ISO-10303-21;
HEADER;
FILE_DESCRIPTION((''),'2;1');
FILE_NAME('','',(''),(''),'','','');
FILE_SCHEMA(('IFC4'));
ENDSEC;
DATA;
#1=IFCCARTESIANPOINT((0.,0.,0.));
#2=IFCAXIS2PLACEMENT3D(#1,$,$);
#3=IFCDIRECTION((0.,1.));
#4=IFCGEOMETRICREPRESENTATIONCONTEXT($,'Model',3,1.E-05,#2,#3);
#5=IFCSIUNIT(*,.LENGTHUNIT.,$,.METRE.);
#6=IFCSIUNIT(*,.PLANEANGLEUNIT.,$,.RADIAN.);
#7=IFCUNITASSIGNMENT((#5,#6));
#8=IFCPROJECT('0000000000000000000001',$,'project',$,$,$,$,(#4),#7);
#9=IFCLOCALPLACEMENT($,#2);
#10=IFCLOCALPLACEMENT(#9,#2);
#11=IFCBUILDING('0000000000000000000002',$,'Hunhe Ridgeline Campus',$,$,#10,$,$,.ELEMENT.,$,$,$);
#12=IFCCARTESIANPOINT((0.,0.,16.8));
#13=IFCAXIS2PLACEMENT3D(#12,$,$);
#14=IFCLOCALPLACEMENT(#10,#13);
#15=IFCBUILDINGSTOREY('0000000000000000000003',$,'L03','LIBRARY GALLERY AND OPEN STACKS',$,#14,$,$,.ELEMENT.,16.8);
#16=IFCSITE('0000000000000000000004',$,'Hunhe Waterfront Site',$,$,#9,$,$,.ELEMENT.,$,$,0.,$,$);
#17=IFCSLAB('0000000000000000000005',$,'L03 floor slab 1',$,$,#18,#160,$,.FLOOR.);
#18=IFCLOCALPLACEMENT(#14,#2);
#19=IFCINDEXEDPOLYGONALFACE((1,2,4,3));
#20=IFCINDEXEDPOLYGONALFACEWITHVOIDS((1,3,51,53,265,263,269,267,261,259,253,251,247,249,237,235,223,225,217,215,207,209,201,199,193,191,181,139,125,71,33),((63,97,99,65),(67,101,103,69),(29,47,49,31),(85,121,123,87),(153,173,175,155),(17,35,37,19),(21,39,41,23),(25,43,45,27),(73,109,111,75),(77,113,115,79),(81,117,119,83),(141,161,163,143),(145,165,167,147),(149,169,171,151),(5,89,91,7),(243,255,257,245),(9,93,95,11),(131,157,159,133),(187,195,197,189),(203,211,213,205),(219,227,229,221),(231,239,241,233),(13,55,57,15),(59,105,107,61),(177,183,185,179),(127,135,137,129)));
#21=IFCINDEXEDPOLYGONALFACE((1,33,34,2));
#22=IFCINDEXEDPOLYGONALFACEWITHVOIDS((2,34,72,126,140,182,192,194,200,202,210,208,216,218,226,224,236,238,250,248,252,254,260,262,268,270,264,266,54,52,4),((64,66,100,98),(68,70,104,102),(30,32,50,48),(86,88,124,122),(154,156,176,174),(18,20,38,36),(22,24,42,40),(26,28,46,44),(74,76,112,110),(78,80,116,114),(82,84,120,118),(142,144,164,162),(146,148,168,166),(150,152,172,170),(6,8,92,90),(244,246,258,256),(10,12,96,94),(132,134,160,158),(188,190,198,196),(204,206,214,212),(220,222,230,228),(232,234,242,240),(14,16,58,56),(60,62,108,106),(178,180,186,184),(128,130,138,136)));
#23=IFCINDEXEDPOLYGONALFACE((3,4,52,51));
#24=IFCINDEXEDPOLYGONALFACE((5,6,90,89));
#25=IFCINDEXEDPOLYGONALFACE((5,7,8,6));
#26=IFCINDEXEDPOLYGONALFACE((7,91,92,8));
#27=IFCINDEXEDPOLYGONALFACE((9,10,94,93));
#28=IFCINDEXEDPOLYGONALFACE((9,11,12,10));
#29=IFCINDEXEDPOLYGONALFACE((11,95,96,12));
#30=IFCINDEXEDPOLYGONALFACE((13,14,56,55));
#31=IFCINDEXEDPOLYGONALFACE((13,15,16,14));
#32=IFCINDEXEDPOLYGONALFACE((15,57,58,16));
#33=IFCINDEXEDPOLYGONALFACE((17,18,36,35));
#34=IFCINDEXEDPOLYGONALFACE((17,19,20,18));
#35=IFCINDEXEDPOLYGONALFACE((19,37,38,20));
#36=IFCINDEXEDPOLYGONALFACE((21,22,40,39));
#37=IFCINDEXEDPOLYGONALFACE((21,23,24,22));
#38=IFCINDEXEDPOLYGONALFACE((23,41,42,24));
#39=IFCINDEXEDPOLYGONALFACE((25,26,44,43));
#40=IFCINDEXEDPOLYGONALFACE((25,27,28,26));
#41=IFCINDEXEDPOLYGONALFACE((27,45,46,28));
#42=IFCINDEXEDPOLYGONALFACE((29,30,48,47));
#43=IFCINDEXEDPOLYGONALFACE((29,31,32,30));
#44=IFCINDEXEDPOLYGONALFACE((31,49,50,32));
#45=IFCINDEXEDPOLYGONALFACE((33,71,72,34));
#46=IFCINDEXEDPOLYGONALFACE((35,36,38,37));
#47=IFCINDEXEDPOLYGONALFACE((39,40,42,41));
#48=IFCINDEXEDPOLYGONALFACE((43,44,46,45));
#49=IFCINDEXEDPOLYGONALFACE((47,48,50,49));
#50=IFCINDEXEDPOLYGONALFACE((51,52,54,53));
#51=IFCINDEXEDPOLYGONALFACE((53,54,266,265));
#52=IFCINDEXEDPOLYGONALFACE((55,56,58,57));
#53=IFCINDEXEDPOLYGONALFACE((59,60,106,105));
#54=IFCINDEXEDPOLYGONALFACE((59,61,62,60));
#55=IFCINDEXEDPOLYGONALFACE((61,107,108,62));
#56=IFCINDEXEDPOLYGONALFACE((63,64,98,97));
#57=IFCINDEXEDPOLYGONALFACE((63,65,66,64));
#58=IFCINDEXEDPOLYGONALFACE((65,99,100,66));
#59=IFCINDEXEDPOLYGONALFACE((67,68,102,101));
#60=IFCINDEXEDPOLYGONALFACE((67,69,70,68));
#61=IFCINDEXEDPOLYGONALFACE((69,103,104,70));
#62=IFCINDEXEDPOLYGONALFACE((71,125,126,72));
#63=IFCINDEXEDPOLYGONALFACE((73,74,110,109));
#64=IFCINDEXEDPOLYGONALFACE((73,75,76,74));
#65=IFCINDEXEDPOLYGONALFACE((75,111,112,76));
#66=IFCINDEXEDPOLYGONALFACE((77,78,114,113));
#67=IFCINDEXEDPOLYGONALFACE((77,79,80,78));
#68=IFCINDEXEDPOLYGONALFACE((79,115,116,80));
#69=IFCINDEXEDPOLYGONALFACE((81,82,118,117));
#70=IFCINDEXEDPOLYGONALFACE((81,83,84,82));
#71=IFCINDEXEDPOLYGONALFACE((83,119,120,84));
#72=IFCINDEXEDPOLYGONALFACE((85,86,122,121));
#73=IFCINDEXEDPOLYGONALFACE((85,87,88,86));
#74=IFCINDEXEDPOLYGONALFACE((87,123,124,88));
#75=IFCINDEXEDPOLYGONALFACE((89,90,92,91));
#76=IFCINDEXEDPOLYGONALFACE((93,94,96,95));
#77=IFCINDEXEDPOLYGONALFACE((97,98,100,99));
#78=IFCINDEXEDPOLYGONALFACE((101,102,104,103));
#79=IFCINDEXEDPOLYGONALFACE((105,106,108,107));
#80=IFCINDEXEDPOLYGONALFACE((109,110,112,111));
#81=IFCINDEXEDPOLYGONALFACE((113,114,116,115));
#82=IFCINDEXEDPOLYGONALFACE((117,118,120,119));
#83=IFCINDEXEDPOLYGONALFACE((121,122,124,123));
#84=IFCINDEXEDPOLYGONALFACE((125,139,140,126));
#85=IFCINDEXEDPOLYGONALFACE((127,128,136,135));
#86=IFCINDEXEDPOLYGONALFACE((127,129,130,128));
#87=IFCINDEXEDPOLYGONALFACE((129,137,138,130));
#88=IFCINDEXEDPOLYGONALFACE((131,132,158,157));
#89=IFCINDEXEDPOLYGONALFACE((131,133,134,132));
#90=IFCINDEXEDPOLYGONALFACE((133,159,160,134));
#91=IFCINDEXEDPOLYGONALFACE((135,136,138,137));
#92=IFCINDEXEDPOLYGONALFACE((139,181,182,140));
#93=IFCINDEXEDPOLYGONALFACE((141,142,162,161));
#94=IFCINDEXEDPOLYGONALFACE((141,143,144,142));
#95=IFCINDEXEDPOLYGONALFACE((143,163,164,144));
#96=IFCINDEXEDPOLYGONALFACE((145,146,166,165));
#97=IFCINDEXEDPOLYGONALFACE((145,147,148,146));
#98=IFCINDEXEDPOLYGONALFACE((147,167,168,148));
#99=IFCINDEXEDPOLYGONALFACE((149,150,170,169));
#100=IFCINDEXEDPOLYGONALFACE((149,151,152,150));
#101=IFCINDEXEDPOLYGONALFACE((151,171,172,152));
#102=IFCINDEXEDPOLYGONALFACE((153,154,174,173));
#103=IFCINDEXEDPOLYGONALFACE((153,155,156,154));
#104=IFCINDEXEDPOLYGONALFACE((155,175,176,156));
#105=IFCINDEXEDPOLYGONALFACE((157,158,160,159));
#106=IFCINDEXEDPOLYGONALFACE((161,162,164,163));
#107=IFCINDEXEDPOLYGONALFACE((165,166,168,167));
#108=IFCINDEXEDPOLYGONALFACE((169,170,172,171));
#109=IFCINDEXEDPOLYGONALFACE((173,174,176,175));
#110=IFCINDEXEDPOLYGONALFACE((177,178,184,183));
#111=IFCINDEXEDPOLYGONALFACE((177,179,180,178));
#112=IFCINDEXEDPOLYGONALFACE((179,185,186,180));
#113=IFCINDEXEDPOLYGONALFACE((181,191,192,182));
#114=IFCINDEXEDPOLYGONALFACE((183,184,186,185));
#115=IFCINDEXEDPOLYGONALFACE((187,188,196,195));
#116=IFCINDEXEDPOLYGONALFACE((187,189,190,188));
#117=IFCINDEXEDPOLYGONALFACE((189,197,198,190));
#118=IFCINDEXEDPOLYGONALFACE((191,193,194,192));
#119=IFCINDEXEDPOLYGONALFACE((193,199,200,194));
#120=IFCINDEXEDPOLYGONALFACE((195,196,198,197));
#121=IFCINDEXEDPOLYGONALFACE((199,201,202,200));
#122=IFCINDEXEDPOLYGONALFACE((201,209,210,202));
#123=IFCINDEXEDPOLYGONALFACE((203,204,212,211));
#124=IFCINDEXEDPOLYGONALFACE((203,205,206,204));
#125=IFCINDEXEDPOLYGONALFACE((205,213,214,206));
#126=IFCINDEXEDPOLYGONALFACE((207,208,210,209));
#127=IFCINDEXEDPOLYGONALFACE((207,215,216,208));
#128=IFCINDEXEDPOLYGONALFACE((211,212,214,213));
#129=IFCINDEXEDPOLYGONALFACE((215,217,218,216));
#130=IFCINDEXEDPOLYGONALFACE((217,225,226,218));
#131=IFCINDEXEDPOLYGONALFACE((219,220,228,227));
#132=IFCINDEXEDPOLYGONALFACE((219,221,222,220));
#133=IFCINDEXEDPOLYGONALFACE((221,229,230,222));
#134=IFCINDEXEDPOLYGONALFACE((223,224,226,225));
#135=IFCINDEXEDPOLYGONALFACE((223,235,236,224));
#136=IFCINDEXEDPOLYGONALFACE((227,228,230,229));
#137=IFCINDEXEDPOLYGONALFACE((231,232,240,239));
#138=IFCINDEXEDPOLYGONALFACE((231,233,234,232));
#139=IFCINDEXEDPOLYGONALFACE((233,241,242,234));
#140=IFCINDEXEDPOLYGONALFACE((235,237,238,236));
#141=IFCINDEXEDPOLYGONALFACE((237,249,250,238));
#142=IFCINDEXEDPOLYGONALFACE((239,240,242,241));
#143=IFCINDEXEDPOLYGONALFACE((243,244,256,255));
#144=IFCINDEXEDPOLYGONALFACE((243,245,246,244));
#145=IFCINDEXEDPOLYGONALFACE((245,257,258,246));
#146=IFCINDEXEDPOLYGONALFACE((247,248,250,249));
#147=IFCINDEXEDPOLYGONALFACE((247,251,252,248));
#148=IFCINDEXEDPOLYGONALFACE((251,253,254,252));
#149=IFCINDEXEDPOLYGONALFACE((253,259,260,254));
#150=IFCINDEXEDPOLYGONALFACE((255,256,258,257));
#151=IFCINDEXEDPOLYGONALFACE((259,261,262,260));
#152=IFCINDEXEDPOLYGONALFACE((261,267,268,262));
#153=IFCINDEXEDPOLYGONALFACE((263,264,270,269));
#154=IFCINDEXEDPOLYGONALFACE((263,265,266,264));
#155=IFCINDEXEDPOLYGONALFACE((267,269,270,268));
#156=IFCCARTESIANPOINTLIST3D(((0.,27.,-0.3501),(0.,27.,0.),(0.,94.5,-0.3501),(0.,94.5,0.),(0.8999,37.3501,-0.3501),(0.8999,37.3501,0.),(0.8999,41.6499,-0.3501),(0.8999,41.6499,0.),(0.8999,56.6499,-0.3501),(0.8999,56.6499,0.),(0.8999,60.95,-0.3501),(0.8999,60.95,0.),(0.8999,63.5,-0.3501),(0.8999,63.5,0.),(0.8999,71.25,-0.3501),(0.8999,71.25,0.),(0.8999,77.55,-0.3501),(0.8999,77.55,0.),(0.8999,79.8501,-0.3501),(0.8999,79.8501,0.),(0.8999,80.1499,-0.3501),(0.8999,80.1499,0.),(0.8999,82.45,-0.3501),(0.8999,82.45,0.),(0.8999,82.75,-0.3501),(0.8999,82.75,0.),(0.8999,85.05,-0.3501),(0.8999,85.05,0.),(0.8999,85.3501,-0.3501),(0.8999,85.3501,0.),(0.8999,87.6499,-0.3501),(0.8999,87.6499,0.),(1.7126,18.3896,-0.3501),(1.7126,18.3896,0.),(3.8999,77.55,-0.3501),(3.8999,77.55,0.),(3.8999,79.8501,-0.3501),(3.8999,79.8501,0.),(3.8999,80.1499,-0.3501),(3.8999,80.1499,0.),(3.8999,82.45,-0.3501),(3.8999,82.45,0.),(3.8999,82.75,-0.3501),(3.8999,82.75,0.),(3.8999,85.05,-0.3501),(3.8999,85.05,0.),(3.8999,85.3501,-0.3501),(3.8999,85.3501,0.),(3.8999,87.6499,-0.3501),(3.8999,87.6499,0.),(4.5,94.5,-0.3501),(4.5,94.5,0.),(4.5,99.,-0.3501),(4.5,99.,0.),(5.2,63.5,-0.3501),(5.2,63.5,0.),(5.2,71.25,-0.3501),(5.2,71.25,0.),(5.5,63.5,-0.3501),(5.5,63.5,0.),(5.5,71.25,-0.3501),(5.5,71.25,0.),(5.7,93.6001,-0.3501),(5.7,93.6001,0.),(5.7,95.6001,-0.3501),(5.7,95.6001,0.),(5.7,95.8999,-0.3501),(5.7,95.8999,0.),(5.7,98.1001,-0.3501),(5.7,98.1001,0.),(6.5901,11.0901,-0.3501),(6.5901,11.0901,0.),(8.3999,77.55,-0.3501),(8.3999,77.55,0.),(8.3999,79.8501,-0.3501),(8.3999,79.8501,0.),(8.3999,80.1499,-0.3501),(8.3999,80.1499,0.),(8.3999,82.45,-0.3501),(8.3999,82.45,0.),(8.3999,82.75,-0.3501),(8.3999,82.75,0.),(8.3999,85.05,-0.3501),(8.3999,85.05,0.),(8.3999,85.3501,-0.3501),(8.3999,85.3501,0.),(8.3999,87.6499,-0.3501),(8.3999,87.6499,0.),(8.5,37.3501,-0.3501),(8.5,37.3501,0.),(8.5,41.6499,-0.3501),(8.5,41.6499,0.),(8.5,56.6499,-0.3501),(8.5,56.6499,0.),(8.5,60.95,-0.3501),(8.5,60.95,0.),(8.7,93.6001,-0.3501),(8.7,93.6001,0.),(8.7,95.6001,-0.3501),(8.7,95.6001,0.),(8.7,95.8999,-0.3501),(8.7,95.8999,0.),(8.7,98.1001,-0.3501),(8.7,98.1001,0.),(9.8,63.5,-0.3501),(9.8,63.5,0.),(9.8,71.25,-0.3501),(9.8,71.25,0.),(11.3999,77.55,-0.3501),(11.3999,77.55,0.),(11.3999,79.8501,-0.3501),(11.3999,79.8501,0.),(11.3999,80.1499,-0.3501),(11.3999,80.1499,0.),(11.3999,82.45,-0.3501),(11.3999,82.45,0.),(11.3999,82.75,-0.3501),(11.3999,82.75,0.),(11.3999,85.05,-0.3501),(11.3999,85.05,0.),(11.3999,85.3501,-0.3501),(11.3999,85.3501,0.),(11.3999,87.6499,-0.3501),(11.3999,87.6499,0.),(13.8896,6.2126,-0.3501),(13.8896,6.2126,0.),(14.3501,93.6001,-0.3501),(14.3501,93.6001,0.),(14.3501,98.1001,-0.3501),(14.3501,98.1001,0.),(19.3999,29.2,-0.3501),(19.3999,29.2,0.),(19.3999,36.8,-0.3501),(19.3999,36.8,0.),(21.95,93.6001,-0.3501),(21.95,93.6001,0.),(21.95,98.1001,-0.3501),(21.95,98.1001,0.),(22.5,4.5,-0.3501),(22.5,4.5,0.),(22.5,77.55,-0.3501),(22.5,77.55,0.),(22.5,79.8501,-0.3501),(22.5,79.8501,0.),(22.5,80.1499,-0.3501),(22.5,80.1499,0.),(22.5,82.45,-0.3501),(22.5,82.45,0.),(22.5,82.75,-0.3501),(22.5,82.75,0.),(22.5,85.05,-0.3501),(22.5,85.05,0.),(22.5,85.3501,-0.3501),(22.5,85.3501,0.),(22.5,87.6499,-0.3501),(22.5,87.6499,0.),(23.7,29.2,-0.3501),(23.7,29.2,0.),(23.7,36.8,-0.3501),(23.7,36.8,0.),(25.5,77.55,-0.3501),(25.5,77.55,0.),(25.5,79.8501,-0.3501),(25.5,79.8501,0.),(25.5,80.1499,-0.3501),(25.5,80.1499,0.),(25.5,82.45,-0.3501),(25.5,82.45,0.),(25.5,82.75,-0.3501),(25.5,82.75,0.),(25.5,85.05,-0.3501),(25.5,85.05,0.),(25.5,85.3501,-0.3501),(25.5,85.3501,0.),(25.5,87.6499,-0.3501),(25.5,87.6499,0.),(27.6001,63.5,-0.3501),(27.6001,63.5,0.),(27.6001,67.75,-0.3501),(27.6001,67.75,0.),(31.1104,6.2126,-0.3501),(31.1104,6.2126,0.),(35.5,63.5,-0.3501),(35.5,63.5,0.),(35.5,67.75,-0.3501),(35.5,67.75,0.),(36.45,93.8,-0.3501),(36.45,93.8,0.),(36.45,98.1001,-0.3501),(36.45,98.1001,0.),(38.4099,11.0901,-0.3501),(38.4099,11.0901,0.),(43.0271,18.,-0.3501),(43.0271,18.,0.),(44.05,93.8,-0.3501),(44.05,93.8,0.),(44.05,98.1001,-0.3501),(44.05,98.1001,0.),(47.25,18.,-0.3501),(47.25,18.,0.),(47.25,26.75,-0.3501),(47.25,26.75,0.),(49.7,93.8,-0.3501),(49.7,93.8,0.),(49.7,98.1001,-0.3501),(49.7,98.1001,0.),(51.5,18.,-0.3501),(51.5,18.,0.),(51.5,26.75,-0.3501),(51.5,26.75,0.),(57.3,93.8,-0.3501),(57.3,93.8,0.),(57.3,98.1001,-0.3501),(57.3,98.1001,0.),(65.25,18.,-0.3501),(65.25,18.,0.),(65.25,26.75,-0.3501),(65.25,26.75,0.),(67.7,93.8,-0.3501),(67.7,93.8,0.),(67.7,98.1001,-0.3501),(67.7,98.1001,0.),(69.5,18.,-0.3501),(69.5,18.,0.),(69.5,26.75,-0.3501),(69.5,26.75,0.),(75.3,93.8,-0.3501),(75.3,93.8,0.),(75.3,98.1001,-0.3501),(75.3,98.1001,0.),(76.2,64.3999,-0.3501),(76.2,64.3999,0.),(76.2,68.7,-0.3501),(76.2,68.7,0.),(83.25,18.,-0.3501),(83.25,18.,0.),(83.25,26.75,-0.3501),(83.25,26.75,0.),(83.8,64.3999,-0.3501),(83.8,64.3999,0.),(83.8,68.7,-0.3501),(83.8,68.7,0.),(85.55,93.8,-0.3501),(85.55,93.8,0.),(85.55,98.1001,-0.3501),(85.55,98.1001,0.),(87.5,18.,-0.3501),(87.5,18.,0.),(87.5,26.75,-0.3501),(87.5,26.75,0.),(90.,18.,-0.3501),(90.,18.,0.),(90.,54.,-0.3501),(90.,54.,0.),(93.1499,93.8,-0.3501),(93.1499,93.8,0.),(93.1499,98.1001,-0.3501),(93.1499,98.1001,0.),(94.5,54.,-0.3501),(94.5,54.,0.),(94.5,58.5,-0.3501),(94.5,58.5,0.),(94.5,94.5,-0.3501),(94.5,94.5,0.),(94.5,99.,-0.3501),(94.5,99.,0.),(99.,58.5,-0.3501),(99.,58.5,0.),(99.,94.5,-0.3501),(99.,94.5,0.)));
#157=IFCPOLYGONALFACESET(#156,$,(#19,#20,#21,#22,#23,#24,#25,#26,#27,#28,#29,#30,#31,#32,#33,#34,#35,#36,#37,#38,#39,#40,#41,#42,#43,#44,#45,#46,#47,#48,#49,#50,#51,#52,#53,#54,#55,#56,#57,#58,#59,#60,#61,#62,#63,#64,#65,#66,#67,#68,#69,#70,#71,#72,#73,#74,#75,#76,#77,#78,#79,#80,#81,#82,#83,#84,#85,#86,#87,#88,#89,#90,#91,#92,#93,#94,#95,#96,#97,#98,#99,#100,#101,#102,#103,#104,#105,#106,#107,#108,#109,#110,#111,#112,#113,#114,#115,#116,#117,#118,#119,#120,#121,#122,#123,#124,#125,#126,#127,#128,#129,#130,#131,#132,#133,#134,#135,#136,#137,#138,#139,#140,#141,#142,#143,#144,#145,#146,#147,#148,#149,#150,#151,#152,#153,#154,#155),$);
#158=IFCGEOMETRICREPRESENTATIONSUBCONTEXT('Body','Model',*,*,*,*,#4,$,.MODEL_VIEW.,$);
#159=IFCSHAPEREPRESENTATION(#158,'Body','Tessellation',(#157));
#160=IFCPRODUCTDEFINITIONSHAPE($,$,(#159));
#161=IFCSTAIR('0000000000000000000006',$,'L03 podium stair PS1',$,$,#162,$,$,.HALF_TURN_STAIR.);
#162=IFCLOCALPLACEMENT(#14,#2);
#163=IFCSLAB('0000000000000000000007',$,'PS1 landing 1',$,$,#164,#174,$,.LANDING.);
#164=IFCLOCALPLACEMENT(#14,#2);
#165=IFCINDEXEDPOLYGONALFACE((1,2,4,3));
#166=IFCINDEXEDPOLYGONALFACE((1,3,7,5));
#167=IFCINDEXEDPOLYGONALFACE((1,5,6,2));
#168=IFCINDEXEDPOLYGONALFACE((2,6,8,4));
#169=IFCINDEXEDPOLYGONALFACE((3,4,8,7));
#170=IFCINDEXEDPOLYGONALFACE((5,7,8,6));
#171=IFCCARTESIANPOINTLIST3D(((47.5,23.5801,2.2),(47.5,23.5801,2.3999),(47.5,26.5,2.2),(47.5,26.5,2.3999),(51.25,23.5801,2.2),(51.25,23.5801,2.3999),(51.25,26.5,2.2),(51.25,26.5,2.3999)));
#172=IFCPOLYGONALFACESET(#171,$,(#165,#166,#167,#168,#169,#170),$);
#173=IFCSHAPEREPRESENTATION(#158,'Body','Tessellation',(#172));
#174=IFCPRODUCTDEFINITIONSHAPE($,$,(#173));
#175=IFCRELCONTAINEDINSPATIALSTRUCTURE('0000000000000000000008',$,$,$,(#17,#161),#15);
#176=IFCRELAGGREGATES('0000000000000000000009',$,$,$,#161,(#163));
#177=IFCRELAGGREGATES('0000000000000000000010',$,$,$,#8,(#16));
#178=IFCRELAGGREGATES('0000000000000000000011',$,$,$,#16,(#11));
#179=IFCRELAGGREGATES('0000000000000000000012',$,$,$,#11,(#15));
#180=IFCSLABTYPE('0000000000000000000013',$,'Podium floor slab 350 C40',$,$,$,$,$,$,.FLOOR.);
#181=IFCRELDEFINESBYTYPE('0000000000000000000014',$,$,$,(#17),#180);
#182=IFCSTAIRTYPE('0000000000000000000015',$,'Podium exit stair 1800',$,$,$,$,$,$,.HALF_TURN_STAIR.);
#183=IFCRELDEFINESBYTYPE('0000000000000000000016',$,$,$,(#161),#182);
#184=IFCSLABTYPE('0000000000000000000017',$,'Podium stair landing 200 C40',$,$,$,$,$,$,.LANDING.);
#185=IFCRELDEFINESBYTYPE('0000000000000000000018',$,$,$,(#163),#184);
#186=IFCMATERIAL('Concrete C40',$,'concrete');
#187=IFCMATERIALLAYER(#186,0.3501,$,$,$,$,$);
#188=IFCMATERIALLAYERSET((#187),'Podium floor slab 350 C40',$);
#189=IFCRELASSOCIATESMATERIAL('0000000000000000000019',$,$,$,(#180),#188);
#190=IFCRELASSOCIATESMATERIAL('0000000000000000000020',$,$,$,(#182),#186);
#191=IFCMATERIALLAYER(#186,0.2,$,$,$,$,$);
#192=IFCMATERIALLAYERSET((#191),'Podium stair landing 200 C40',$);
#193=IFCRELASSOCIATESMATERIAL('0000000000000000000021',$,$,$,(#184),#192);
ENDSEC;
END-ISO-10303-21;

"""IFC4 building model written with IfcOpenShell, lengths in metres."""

from ifc_helpers import new_model, si_unit, direction, frame, origin, place, context, subcontext, project, spatial, polyline, outline, extrude, material, layer, layer_set, type_object, element, aggregate, save


model = new_model("IFC4")

# Units and contexts
model_context = context("Model", 3, precision=1e-05, world=origin(), true_north=direction((0.0, 1.0)))
body_context = subcontext(model_context, "Body", "Model", "MODEL_VIEW")
ifc_project = project(units=[si_unit("LENGTHUNIT", "METRE"), si_unit("PLANEANGLEUNIT", "RADIAN")], contexts=[model_context])

# Site, building, storey
site_placement = place(None, origin())
site = spatial("IfcSite", under=ifc_project, at=site_placement, Name="Hunhe Waterfront Site", CompositionType="ELEMENT", RefElevation=0.0)
building_placement = place(site_placement, origin())
building = spatial("IfcBuilding", under=site, at=building_placement, Name="Hunhe Ridgeline Campus", CompositionType="ELEMENT")
storey_placement = place(building_placement, frame((0.0, 0.0, 16.8)))
storey = spatial("IfcBuildingStorey", under=building, at=storey_placement, Name="L03", Description="LIBRARY GALLERY AND OPEN STACKS", CompositionType="ELEMENT", Elevation=16.8)

# Slab
ifc_material_1 = material(Name="Concrete C40", Category="concrete")
ifc_layer_1 = layer(ifc_material_1, 0.3501)
ifc_layer_set_1 = layer_set([ifc_layer_1], Name="Podium floor slab 350 C40")
slab_type_1 = type_object("IfcSlabType", Name="Podium floor slab 350 C40", PredefinedType="FLOOR", material=ifc_layer_set_1)
slab_1_placement = place(storey_placement, frame((0.0, 0.0, -0.3501)))
element("IfcSlab", 1, at=slab_1_placement, inside=storey, type_object=slab_type_1, Name="L03 floor slab 1", PredefinedType="FLOOR", context=body_context, shape_type="SweptSolid", body=[
    extrude(outline(polyline([(90.0, 18.0), (90.0, 54.0), (94.5, 54.0), (94.5, 58.5), (99.0, 58.5), (99.0, 94.5), (94.5, 94.5), (94.5, 99.0), (4.5, 99.0), (4.5, 94.5), (0.0, 94.5), (0.0, 27.0), (1.7126, 18.3896), (6.5901, 11.0901), (13.8896, 6.2126), (22.5, 4.5), (31.1104, 6.2126), (38.4099, 11.0901), (43.0271, 18.0), (47.25, 18.0), (47.25, 26.75), (51.5, 26.75), (51.5, 18.0), (65.25, 18.0), (65.25, 26.75), (69.5, 26.75), (69.5, 18.0), (83.25, 18.0), (83.25, 26.75), (87.5, 26.75), (87.5, 18.0), (90.0, 18.0)]), holes=[polyline([(0.8999, 41.6499), (0.8999, 37.3501), (8.5, 37.3501), (8.5, 41.6499), (0.8999, 41.6499)]), polyline([(8.5, 60.95), (0.8999, 60.95), (0.8999, 56.6499), (8.5, 56.6499), (8.5, 60.95)]), polyline([(5.2, 63.5), (5.2, 71.25), (0.8999, 71.25), (0.8999, 63.5), (5.2, 63.5)]), polyline([(9.8, 63.5), (9.8, 71.25), (5.5, 71.25), (5.5, 63.5), (9.8, 63.5)]), polyline([(0.8999, 77.55), (3.8999, 77.55), (3.8999, 79.8501), (0.8999, 79.8501), (0.8999, 77.55)]), polyline([(8.3999, 77.55), (11.3999, 77.55), (11.3999, 79.8501), (8.3999, 79.8501), (8.3999, 77.55)]), polyline([(0.8999, 80.1499), (3.8999, 80.1499), (3.8999, 82.45), (0.8999, 82.45), (0.8999, 80.1499)]), polyline([(11.3999, 80.1499), (11.3999, 82.45), (8.3999, 82.45), (8.3999, 80.1499), (11.3999, 80.1499)]), polyline([(0.8999, 82.75), (3.8999, 82.75), (3.8999, 85.05), (0.8999, 85.05), (0.8999, 82.75)]), polyline([(8.3999, 82.75), (11.3999, 82.75), (11.3999, 85.05), (8.3999, 85.05), (8.3999, 82.75)]), polyline([(0.8999, 85.3501), (3.8999, 85.3501), (3.8999, 87.6499), (0.8999, 87.6499), (0.8999, 85.3501)]), polyline([(8.3999, 85.3501), (11.3999, 85.3501), (11.3999, 87.6499), (8.3999, 87.6499), (8.3999, 85.3501)]), polyline([(5.7, 93.6001), (8.7, 93.6001), (8.7, 95.6001), (5.7, 95.6001), (5.7, 93.6001)]), polyline([(14.3501, 93.6001), (21.95, 93.6001), (21.95, 98.1001), (14.3501, 98.1001), (14.3501, 93.6001)]), polyline([(8.7, 95.8999), (8.7, 98.1001), (5.7, 98.1001), (5.7, 95.8999), (8.7, 95.8999)]), polyline([(23.7, 29.2), (23.7, 36.8), (19.3999, 36.8), (19.3999, 29.2), (23.7, 29.2)]), polyline([(35.5, 67.75), (27.6001, 67.75), (27.6001, 63.5), (35.5, 63.5), (35.5, 67.75)]), polyline([(76.2, 64.3999), (83.8, 64.3999), (83.8, 68.7), (76.2, 68.7), (76.2, 64.3999)]), polyline([(22.5, 77.55), (25.5, 77.55), (25.5, 79.8501), (22.5, 79.8501), (22.5, 77.55)]), polyline([(22.5, 80.1499), (25.5, 80.1499), (25.5, 82.45), (22.5, 82.45), (22.5, 80.1499)]), polyline([(22.5, 82.75), (25.5, 82.75), (25.5, 85.05), (22.5, 85.05), (22.5, 82.75)]), polyline([(22.5, 85.3501), (25.5, 85.3501), (25.5, 87.6499), (22.5, 87.6499), (22.5, 85.3501)]), polyline([(36.45, 93.8), (44.05, 93.8), (44.05, 98.1001), (36.45, 98.1001), (36.45, 93.8)]), polyline([(49.7, 93.8), (57.3, 93.8), (57.3, 98.1001), (49.7, 98.1001), (49.7, 93.8)]), polyline([(67.7, 93.8), (75.3, 93.8), (75.3, 98.1001), (67.7, 98.1001), (67.7, 93.8)]), polyline([(85.55, 93.8), (93.1499, 93.8), (93.1499, 98.1001), (85.55, 98.1001), (85.55, 93.8)])]), origin(), (0.0, 0.0, 1.0), 0.3501),
])

# Stair, slab
stair_type_1 = type_object("IfcStairType", Name="Podium exit stair 1800", PredefinedType="HALF_TURN_STAIR", material=ifc_material_1)
stair_1_placement = place(storey_placement, origin())
stair_1 = element("IfcStair", 2, at=stair_1_placement, inside=storey, type_object=stair_type_1, Name="L03 podium stair PS1", PredefinedType="HALF_TURN_STAIR")
ifc_layer_2 = layer(ifc_material_1, 0.2)
ifc_layer_set_2 = layer_set([ifc_layer_2], Name="Podium stair landing 200 C40")
slab_type_2 = type_object("IfcSlabType", Name="Podium stair landing 200 C40", PredefinedType="LANDING", material=ifc_layer_set_2)
slab_2_placement = place(storey_placement, frame((0.0, 0.0, 2.2)))
slab_2 = element("IfcSlab", 3, at=slab_2_placement, type_object=slab_type_2, Name="PS1 landing 1", PredefinedType="LANDING", context=body_context, shape_type="SweptSolid", body=[
    extrude(outline(polyline([(51.25, 23.5801), (51.25, 26.5), (47.5, 26.5), (47.5, 23.5801), (51.25, 23.5801)])), origin(), (0.0, 0.0, 1.0), 0.2),
])
aggregate(stair_1, [slab_2])

save(model, "model.ifc")
